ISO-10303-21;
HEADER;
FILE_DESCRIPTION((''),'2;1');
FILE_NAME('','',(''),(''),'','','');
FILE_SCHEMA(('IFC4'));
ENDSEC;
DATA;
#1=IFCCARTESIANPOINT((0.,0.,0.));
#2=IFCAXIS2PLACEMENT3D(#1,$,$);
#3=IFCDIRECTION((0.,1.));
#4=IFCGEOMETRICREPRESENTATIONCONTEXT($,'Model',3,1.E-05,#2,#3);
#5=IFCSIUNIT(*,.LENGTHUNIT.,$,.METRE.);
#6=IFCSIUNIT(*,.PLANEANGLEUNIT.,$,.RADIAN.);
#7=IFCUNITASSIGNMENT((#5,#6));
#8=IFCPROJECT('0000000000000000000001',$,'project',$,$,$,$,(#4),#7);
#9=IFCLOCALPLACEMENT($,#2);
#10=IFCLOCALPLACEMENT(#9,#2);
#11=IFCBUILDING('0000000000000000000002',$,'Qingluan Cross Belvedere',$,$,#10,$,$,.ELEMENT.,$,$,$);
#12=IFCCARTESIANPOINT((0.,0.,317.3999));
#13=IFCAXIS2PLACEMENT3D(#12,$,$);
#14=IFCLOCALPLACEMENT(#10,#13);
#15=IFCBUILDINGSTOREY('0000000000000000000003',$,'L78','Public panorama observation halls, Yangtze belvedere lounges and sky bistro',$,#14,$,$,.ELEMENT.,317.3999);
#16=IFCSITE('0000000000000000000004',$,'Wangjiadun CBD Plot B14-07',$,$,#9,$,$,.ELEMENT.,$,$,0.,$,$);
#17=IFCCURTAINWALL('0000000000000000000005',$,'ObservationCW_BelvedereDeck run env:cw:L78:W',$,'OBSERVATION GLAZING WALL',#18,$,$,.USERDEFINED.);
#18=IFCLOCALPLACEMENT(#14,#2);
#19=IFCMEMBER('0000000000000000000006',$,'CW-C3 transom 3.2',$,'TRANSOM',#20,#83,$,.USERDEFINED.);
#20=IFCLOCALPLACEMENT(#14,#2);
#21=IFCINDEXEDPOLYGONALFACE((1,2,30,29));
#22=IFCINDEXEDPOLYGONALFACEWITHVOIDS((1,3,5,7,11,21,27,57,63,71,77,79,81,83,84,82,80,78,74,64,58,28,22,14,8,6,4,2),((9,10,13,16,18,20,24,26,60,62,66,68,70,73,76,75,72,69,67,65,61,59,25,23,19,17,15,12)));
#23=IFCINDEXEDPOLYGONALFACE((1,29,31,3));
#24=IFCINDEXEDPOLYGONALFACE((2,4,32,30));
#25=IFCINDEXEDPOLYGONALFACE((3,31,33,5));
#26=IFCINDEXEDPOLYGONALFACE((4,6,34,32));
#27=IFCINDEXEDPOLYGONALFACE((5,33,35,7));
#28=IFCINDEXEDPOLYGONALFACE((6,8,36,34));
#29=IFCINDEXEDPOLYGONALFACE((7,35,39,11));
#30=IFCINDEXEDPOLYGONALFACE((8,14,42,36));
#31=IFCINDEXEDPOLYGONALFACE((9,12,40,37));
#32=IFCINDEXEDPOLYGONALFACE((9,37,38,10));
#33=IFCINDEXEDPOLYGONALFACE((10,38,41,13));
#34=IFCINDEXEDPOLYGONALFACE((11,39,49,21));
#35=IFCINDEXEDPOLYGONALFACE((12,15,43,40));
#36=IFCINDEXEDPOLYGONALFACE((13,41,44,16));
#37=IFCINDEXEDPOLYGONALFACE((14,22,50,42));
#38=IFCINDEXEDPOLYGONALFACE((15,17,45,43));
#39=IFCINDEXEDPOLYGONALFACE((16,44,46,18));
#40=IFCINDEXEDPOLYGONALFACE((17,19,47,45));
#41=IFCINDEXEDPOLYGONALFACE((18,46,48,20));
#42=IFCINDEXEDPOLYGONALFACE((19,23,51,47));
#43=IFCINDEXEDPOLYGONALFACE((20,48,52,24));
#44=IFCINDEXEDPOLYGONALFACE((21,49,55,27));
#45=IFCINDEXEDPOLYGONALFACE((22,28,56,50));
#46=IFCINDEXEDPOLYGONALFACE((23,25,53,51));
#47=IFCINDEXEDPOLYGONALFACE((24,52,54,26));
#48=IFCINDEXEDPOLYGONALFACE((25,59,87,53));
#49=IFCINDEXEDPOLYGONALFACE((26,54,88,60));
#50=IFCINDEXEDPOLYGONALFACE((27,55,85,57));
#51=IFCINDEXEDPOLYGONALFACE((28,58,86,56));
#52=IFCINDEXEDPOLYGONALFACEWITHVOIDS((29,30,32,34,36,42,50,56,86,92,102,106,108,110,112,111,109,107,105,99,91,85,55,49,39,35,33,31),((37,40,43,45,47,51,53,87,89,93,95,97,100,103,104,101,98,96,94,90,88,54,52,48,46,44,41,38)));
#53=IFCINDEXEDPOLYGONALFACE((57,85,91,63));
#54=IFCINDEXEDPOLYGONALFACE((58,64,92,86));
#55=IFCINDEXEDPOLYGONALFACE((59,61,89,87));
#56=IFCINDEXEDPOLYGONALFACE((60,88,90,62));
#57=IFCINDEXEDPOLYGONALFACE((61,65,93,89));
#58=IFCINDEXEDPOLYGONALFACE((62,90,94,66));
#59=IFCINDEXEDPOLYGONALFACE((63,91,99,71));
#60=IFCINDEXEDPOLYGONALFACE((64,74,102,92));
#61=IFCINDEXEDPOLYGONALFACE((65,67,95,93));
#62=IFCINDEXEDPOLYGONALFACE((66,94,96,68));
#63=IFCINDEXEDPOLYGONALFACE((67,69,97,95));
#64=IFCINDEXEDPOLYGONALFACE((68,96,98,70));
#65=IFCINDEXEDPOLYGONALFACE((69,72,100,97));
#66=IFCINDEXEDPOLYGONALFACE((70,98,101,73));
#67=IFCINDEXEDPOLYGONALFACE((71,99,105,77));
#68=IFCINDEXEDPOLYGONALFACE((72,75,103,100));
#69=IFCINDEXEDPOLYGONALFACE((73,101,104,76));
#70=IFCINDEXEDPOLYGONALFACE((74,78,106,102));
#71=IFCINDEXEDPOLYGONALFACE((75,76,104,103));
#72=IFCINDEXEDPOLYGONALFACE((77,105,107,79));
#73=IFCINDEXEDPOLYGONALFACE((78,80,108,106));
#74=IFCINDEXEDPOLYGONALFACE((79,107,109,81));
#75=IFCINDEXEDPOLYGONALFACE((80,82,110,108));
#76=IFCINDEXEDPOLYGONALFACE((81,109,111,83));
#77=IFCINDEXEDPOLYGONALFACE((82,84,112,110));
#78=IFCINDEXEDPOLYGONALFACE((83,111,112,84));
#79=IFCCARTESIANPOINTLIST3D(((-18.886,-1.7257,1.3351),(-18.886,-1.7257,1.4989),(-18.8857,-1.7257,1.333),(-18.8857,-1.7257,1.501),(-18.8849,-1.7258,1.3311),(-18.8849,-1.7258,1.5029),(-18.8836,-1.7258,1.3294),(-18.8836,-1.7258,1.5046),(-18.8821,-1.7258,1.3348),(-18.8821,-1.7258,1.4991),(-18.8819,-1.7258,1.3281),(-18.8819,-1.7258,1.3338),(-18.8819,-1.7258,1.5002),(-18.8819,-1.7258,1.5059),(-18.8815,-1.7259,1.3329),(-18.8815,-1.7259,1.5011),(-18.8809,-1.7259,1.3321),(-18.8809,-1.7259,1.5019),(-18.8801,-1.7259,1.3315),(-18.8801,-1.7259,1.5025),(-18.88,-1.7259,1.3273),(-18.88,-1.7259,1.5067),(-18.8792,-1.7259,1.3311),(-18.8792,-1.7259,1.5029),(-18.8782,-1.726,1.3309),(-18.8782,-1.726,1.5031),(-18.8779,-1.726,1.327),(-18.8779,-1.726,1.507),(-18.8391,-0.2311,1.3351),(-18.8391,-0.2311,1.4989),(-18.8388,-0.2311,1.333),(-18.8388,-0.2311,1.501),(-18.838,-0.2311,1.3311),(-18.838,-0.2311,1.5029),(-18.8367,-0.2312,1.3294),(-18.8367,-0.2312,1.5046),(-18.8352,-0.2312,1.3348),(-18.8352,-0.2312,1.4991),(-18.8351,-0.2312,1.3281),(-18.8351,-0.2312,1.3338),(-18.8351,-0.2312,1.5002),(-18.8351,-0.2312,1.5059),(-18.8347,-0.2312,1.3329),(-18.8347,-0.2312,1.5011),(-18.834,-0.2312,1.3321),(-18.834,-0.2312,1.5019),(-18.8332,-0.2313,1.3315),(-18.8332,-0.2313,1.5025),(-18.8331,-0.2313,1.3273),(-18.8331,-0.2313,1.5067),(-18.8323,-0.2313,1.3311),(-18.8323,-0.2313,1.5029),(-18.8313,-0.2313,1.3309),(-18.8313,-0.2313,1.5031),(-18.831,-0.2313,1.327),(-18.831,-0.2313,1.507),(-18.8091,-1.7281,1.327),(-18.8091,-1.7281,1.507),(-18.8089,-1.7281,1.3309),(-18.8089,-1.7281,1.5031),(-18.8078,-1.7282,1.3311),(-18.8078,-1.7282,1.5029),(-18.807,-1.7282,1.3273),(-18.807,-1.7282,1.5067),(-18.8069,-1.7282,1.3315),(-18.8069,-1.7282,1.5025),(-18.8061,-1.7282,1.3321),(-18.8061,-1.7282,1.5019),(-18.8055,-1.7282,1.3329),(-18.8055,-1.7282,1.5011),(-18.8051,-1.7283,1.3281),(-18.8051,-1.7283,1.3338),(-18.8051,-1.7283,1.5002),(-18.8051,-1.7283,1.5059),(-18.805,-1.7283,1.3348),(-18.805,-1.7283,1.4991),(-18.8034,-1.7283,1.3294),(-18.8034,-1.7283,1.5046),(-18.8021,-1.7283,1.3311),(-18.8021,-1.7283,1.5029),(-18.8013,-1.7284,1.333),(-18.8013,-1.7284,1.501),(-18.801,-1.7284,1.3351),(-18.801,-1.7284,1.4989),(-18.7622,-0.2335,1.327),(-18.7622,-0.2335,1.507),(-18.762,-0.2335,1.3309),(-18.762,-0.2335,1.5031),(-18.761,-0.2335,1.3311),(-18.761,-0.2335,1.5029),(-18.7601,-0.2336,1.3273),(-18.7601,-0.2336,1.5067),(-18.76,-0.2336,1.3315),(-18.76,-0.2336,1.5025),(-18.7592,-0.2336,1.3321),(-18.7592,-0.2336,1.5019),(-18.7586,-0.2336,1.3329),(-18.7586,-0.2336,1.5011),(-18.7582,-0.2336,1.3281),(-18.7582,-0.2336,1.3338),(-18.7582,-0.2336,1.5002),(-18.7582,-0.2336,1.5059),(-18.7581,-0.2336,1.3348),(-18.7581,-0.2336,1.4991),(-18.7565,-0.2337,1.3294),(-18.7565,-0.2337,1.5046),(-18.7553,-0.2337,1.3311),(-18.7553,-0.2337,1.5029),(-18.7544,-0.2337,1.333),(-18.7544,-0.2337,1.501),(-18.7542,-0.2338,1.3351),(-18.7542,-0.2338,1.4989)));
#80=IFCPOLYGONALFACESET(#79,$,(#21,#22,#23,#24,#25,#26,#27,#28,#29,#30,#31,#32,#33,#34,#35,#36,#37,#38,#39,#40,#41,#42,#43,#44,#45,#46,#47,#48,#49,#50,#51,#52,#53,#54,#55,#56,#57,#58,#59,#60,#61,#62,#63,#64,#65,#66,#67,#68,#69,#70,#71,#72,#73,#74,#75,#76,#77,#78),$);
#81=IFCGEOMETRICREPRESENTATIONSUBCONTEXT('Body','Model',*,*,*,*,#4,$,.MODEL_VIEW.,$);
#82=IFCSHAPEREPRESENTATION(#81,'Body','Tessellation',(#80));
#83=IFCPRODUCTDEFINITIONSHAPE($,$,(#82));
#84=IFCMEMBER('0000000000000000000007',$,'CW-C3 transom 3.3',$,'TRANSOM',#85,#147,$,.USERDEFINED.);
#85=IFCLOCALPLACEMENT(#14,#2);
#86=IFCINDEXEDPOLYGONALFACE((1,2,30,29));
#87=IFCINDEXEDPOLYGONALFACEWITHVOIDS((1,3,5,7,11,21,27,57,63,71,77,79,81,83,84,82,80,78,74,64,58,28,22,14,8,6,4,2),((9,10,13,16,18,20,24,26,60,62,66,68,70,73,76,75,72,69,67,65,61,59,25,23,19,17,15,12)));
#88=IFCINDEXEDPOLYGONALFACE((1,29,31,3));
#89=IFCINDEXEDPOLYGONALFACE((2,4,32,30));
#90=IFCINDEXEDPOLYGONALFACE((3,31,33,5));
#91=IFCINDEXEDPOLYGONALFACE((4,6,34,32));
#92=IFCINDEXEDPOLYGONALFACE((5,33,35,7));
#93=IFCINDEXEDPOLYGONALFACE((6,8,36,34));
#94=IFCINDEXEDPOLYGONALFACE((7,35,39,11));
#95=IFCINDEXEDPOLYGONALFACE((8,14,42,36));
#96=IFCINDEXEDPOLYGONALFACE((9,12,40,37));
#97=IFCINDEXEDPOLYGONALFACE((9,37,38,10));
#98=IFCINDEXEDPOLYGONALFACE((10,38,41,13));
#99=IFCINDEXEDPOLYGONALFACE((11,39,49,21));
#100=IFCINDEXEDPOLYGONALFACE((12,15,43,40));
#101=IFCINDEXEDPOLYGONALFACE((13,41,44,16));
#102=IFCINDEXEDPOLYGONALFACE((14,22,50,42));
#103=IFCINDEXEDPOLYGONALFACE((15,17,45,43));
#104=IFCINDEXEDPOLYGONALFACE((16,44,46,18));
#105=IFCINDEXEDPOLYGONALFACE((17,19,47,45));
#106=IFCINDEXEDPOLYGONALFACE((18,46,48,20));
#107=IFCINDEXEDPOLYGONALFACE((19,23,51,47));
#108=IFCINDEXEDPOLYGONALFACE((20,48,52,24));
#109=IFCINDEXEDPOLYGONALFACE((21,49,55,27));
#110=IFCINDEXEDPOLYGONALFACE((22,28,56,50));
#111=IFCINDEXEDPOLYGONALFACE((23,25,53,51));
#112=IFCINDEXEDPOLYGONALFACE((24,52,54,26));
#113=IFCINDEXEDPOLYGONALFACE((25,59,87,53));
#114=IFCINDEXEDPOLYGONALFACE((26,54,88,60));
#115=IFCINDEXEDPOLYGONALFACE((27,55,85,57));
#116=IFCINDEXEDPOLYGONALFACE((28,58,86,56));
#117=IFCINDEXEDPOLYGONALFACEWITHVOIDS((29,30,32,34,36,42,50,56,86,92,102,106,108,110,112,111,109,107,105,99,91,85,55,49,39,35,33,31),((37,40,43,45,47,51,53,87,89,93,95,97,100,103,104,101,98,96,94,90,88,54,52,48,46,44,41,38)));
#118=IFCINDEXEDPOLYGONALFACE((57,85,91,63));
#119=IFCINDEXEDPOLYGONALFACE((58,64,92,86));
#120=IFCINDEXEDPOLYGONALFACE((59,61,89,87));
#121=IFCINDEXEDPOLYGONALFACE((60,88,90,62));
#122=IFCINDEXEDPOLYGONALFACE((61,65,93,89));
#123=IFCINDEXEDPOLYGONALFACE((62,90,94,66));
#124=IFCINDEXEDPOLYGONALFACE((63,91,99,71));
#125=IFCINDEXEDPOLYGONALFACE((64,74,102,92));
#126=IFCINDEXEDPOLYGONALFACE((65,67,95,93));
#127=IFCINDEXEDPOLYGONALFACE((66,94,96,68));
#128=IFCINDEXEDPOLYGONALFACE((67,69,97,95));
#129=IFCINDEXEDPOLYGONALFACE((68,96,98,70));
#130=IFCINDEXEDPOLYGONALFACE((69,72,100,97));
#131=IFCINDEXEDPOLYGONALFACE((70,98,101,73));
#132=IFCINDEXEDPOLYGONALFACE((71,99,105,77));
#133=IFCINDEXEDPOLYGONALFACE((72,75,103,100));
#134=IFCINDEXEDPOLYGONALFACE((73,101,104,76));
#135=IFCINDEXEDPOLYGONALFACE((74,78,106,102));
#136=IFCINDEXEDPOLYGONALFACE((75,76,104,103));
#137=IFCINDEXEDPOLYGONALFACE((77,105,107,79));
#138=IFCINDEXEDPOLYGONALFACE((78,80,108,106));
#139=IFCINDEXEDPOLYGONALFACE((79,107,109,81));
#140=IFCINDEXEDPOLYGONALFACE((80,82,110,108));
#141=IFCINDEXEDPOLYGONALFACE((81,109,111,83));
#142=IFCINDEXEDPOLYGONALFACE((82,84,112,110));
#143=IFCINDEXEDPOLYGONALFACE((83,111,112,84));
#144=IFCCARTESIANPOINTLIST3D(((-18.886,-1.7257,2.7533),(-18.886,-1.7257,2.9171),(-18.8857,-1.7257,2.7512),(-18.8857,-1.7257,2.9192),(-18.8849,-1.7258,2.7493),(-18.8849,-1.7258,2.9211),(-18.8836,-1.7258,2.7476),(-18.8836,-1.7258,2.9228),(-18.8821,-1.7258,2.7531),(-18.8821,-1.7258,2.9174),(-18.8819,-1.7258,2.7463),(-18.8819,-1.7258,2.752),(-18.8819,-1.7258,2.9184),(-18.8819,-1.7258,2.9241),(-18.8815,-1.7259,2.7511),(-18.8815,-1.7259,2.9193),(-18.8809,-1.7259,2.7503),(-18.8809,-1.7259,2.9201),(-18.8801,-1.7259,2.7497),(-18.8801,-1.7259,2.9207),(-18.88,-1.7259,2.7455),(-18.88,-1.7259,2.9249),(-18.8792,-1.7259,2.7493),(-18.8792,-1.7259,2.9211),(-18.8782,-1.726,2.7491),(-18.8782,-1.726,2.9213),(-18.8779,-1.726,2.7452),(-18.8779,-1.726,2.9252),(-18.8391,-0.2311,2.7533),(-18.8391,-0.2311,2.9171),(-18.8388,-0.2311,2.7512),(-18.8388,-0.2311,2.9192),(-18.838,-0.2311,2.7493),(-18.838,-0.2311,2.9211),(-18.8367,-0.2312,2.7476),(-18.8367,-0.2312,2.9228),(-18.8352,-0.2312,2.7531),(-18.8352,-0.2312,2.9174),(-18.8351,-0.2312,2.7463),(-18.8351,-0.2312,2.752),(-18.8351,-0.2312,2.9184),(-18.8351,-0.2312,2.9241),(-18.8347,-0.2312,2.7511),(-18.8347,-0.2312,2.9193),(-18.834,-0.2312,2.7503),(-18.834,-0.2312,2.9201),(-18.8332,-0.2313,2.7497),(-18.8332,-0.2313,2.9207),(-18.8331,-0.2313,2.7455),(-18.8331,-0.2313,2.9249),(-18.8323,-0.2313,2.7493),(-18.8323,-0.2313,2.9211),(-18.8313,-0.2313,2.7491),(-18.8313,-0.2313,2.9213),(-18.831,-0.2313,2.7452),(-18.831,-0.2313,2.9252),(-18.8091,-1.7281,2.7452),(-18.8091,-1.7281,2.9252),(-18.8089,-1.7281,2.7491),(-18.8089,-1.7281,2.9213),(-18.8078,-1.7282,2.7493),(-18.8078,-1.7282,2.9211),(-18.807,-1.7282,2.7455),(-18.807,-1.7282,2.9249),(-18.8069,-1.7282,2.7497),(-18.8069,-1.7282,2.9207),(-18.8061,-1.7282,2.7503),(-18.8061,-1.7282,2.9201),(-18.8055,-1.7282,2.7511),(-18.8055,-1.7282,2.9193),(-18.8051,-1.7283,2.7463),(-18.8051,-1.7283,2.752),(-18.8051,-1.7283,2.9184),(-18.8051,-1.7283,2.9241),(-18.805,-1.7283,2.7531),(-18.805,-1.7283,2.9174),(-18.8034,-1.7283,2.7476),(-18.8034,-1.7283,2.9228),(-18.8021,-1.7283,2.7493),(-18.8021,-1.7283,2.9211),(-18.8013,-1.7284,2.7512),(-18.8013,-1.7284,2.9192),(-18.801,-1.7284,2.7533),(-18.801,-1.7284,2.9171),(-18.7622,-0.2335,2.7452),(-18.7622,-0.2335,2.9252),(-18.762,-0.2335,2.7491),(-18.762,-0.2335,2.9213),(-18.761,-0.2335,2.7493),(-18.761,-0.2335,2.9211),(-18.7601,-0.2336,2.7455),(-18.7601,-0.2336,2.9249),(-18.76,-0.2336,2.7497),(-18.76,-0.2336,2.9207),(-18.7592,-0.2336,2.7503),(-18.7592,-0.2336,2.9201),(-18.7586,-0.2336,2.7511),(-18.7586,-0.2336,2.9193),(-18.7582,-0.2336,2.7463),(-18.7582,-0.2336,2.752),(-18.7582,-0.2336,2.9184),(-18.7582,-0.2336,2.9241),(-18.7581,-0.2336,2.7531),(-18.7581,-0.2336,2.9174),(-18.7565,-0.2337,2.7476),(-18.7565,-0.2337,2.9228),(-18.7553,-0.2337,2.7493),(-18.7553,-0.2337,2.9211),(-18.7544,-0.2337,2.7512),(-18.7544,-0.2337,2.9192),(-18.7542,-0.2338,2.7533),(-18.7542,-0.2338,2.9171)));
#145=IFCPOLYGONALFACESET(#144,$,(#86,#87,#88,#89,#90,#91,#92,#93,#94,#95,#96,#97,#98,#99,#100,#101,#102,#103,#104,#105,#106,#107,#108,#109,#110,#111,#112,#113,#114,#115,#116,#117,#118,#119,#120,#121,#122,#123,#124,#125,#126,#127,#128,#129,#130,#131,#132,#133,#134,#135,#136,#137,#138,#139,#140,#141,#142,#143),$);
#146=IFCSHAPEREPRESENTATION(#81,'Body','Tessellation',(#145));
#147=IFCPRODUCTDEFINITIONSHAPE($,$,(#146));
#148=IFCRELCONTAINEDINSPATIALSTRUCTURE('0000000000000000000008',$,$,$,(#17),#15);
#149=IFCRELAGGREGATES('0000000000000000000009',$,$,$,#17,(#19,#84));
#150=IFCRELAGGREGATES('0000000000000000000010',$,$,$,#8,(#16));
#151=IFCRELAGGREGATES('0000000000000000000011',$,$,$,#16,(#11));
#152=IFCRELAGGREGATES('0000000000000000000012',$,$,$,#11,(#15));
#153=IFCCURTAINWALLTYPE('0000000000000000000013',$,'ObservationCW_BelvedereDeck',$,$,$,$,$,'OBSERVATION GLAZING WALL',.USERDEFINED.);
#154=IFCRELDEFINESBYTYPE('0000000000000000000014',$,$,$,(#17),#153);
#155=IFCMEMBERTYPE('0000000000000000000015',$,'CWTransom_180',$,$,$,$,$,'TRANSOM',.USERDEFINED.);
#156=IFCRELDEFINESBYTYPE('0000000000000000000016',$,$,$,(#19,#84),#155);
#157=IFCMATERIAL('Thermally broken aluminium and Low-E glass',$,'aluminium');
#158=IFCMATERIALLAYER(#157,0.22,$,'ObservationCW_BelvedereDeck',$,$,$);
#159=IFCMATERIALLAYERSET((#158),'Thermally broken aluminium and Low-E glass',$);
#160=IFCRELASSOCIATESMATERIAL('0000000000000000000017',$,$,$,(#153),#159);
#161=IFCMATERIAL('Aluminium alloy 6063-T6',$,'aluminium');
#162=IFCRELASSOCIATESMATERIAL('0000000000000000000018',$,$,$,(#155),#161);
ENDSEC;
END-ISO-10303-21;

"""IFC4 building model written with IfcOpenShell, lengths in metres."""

from ifc_helpers import new_model, si_unit, direction, frame, origin, origin_2d, place, context, subcontext, project, spatial, hollow_rectangle, extrude, material, layer, layer_set, material_profile, profile_set, type_object, element, aggregate, save


model = new_model("IFC4")

# Units and contexts
model_context = context("Model", 3, precision=1e-05, world=origin(), true_north=direction((0.0, 1.0)))
body_context = subcontext(model_context, "Body", "Model", "MODEL_VIEW")
ifc_project = project(units=[si_unit("LENGTHUNIT", "METRE"), si_unit("PLANEANGLEUNIT", "RADIAN")], contexts=[model_context])

# Site, building, storey
site_placement = place(None, origin())
site = spatial("IfcSite", under=ifc_project, at=site_placement, Name="Wangjiadun CBD Plot B14-07", CompositionType="ELEMENT", RefElevation=0.0)
building_placement = place(site_placement, origin())
building = spatial("IfcBuilding", under=site, at=building_placement, Name="Qingluan Cross Belvedere", CompositionType="ELEMENT")
storey_placement = place(building_placement, frame((0.0, 0.0, 317.3999)))
storey = spatial("IfcBuildingStorey", under=building, at=storey_placement, Name="L78", Description="Public panorama observation halls, Yangtze belvedere lounges and sky bistro", CompositionType="ELEMENT", Elevation=317.3999)

# Curtain wall, members
ifc_material_1 = material(Name="Thermally broken aluminium and Low-E glass", Category="aluminium")
ifc_layer_1 = layer(ifc_material_1, 0.22, Name="ObservationCW_BelvedereDeck")
ifc_layer_set_1 = layer_set([ifc_layer_1], Name="Thermally broken aluminium and Low-E glass")
curtain_wall_type = type_object("IfcCurtainWallType", Name="ObservationCW_BelvedereDeck", ElementType="OBSERVATION GLAZING WALL", PredefinedType="USERDEFINED", material=ifc_layer_set_1)
curtain_wall_placement = place(storey_placement, origin())
curtain_wall = element("IfcCurtainWall", 1, at=curtain_wall_placement, inside=storey, type_object=curtain_wall_type, Name="ObservationCW_BelvedereDeck run env:cw:L78:W", ObjectType="OBSERVATION GLAZING WALL", PredefinedType="USERDEFINED")
ifc_material_2 = material(Name="Aluminium alloy 6063-T6", Category="aluminium")
ifc_material_profile_1 = material_profile(ifc_material_2, hollow_rectangle(XDim=0.085, YDim=0.1799, WallThickness=0.0039, InnerFilletRadius=0.0039, OuterFilletRadius=0.0081, at=origin_2d()), Name="CWT180x85x4")
ifc_profile_set_1 = profile_set([ifc_material_profile_1], Name="Aluminium alloy 6063-T6")
member_type_1 = type_object("IfcMemberType", Name="CWTransom_180", ElementType="TRANSOM", PredefinedType="USERDEFINED", material=ifc_profile_set_1)
member_1_placement = place(storey_placement, frame((-18.7966, -0.2324, 1.417), z_axis=(-0.031347, -0.999509, 0.0), x_axis=(0.999509, -0.031347, 0.0)))
member_1 = element("IfcMember", 2, at=member_1_placement, type_object=member_type_1, Name="CW-C3 transom 3.2", ObjectType="TRANSOM", PredefinedType="USERDEFINED", context=body_context, shape_type="SweptSolid", body=[
    extrude(hollow_rectangle(XDim=0.085, YDim=0.1799, WallThickness=0.0039, InnerFilletRadius=0.0039, OuterFilletRadius=0.0081, at=origin_2d()), origin(), (0.0, 0.0, 1.0), 1.4954),
])
member_2_placement = place(storey_placement, frame((-18.7966, -0.2324, 2.8352), z_axis=(-0.031347, -0.999509, 0.0), x_axis=(0.999509, -0.031347, 0.0)))
member_2 = element("IfcMember", 3, at=member_2_placement, type_object=member_type_1, Name="CW-C3 transom 3.3", ObjectType="TRANSOM", PredefinedType="USERDEFINED", context=body_context, shape_type="SweptSolid", body=[
    extrude(hollow_rectangle(XDim=0.085, YDim=0.1799, WallThickness=0.0039, InnerFilletRadius=0.0039, OuterFilletRadius=0.0081, at=origin_2d()), origin(), (0.0, 0.0, 1.0), 1.4954),
])

aggregate(curtain_wall, [member_1, member_2])

save(model, "model.ifc")
